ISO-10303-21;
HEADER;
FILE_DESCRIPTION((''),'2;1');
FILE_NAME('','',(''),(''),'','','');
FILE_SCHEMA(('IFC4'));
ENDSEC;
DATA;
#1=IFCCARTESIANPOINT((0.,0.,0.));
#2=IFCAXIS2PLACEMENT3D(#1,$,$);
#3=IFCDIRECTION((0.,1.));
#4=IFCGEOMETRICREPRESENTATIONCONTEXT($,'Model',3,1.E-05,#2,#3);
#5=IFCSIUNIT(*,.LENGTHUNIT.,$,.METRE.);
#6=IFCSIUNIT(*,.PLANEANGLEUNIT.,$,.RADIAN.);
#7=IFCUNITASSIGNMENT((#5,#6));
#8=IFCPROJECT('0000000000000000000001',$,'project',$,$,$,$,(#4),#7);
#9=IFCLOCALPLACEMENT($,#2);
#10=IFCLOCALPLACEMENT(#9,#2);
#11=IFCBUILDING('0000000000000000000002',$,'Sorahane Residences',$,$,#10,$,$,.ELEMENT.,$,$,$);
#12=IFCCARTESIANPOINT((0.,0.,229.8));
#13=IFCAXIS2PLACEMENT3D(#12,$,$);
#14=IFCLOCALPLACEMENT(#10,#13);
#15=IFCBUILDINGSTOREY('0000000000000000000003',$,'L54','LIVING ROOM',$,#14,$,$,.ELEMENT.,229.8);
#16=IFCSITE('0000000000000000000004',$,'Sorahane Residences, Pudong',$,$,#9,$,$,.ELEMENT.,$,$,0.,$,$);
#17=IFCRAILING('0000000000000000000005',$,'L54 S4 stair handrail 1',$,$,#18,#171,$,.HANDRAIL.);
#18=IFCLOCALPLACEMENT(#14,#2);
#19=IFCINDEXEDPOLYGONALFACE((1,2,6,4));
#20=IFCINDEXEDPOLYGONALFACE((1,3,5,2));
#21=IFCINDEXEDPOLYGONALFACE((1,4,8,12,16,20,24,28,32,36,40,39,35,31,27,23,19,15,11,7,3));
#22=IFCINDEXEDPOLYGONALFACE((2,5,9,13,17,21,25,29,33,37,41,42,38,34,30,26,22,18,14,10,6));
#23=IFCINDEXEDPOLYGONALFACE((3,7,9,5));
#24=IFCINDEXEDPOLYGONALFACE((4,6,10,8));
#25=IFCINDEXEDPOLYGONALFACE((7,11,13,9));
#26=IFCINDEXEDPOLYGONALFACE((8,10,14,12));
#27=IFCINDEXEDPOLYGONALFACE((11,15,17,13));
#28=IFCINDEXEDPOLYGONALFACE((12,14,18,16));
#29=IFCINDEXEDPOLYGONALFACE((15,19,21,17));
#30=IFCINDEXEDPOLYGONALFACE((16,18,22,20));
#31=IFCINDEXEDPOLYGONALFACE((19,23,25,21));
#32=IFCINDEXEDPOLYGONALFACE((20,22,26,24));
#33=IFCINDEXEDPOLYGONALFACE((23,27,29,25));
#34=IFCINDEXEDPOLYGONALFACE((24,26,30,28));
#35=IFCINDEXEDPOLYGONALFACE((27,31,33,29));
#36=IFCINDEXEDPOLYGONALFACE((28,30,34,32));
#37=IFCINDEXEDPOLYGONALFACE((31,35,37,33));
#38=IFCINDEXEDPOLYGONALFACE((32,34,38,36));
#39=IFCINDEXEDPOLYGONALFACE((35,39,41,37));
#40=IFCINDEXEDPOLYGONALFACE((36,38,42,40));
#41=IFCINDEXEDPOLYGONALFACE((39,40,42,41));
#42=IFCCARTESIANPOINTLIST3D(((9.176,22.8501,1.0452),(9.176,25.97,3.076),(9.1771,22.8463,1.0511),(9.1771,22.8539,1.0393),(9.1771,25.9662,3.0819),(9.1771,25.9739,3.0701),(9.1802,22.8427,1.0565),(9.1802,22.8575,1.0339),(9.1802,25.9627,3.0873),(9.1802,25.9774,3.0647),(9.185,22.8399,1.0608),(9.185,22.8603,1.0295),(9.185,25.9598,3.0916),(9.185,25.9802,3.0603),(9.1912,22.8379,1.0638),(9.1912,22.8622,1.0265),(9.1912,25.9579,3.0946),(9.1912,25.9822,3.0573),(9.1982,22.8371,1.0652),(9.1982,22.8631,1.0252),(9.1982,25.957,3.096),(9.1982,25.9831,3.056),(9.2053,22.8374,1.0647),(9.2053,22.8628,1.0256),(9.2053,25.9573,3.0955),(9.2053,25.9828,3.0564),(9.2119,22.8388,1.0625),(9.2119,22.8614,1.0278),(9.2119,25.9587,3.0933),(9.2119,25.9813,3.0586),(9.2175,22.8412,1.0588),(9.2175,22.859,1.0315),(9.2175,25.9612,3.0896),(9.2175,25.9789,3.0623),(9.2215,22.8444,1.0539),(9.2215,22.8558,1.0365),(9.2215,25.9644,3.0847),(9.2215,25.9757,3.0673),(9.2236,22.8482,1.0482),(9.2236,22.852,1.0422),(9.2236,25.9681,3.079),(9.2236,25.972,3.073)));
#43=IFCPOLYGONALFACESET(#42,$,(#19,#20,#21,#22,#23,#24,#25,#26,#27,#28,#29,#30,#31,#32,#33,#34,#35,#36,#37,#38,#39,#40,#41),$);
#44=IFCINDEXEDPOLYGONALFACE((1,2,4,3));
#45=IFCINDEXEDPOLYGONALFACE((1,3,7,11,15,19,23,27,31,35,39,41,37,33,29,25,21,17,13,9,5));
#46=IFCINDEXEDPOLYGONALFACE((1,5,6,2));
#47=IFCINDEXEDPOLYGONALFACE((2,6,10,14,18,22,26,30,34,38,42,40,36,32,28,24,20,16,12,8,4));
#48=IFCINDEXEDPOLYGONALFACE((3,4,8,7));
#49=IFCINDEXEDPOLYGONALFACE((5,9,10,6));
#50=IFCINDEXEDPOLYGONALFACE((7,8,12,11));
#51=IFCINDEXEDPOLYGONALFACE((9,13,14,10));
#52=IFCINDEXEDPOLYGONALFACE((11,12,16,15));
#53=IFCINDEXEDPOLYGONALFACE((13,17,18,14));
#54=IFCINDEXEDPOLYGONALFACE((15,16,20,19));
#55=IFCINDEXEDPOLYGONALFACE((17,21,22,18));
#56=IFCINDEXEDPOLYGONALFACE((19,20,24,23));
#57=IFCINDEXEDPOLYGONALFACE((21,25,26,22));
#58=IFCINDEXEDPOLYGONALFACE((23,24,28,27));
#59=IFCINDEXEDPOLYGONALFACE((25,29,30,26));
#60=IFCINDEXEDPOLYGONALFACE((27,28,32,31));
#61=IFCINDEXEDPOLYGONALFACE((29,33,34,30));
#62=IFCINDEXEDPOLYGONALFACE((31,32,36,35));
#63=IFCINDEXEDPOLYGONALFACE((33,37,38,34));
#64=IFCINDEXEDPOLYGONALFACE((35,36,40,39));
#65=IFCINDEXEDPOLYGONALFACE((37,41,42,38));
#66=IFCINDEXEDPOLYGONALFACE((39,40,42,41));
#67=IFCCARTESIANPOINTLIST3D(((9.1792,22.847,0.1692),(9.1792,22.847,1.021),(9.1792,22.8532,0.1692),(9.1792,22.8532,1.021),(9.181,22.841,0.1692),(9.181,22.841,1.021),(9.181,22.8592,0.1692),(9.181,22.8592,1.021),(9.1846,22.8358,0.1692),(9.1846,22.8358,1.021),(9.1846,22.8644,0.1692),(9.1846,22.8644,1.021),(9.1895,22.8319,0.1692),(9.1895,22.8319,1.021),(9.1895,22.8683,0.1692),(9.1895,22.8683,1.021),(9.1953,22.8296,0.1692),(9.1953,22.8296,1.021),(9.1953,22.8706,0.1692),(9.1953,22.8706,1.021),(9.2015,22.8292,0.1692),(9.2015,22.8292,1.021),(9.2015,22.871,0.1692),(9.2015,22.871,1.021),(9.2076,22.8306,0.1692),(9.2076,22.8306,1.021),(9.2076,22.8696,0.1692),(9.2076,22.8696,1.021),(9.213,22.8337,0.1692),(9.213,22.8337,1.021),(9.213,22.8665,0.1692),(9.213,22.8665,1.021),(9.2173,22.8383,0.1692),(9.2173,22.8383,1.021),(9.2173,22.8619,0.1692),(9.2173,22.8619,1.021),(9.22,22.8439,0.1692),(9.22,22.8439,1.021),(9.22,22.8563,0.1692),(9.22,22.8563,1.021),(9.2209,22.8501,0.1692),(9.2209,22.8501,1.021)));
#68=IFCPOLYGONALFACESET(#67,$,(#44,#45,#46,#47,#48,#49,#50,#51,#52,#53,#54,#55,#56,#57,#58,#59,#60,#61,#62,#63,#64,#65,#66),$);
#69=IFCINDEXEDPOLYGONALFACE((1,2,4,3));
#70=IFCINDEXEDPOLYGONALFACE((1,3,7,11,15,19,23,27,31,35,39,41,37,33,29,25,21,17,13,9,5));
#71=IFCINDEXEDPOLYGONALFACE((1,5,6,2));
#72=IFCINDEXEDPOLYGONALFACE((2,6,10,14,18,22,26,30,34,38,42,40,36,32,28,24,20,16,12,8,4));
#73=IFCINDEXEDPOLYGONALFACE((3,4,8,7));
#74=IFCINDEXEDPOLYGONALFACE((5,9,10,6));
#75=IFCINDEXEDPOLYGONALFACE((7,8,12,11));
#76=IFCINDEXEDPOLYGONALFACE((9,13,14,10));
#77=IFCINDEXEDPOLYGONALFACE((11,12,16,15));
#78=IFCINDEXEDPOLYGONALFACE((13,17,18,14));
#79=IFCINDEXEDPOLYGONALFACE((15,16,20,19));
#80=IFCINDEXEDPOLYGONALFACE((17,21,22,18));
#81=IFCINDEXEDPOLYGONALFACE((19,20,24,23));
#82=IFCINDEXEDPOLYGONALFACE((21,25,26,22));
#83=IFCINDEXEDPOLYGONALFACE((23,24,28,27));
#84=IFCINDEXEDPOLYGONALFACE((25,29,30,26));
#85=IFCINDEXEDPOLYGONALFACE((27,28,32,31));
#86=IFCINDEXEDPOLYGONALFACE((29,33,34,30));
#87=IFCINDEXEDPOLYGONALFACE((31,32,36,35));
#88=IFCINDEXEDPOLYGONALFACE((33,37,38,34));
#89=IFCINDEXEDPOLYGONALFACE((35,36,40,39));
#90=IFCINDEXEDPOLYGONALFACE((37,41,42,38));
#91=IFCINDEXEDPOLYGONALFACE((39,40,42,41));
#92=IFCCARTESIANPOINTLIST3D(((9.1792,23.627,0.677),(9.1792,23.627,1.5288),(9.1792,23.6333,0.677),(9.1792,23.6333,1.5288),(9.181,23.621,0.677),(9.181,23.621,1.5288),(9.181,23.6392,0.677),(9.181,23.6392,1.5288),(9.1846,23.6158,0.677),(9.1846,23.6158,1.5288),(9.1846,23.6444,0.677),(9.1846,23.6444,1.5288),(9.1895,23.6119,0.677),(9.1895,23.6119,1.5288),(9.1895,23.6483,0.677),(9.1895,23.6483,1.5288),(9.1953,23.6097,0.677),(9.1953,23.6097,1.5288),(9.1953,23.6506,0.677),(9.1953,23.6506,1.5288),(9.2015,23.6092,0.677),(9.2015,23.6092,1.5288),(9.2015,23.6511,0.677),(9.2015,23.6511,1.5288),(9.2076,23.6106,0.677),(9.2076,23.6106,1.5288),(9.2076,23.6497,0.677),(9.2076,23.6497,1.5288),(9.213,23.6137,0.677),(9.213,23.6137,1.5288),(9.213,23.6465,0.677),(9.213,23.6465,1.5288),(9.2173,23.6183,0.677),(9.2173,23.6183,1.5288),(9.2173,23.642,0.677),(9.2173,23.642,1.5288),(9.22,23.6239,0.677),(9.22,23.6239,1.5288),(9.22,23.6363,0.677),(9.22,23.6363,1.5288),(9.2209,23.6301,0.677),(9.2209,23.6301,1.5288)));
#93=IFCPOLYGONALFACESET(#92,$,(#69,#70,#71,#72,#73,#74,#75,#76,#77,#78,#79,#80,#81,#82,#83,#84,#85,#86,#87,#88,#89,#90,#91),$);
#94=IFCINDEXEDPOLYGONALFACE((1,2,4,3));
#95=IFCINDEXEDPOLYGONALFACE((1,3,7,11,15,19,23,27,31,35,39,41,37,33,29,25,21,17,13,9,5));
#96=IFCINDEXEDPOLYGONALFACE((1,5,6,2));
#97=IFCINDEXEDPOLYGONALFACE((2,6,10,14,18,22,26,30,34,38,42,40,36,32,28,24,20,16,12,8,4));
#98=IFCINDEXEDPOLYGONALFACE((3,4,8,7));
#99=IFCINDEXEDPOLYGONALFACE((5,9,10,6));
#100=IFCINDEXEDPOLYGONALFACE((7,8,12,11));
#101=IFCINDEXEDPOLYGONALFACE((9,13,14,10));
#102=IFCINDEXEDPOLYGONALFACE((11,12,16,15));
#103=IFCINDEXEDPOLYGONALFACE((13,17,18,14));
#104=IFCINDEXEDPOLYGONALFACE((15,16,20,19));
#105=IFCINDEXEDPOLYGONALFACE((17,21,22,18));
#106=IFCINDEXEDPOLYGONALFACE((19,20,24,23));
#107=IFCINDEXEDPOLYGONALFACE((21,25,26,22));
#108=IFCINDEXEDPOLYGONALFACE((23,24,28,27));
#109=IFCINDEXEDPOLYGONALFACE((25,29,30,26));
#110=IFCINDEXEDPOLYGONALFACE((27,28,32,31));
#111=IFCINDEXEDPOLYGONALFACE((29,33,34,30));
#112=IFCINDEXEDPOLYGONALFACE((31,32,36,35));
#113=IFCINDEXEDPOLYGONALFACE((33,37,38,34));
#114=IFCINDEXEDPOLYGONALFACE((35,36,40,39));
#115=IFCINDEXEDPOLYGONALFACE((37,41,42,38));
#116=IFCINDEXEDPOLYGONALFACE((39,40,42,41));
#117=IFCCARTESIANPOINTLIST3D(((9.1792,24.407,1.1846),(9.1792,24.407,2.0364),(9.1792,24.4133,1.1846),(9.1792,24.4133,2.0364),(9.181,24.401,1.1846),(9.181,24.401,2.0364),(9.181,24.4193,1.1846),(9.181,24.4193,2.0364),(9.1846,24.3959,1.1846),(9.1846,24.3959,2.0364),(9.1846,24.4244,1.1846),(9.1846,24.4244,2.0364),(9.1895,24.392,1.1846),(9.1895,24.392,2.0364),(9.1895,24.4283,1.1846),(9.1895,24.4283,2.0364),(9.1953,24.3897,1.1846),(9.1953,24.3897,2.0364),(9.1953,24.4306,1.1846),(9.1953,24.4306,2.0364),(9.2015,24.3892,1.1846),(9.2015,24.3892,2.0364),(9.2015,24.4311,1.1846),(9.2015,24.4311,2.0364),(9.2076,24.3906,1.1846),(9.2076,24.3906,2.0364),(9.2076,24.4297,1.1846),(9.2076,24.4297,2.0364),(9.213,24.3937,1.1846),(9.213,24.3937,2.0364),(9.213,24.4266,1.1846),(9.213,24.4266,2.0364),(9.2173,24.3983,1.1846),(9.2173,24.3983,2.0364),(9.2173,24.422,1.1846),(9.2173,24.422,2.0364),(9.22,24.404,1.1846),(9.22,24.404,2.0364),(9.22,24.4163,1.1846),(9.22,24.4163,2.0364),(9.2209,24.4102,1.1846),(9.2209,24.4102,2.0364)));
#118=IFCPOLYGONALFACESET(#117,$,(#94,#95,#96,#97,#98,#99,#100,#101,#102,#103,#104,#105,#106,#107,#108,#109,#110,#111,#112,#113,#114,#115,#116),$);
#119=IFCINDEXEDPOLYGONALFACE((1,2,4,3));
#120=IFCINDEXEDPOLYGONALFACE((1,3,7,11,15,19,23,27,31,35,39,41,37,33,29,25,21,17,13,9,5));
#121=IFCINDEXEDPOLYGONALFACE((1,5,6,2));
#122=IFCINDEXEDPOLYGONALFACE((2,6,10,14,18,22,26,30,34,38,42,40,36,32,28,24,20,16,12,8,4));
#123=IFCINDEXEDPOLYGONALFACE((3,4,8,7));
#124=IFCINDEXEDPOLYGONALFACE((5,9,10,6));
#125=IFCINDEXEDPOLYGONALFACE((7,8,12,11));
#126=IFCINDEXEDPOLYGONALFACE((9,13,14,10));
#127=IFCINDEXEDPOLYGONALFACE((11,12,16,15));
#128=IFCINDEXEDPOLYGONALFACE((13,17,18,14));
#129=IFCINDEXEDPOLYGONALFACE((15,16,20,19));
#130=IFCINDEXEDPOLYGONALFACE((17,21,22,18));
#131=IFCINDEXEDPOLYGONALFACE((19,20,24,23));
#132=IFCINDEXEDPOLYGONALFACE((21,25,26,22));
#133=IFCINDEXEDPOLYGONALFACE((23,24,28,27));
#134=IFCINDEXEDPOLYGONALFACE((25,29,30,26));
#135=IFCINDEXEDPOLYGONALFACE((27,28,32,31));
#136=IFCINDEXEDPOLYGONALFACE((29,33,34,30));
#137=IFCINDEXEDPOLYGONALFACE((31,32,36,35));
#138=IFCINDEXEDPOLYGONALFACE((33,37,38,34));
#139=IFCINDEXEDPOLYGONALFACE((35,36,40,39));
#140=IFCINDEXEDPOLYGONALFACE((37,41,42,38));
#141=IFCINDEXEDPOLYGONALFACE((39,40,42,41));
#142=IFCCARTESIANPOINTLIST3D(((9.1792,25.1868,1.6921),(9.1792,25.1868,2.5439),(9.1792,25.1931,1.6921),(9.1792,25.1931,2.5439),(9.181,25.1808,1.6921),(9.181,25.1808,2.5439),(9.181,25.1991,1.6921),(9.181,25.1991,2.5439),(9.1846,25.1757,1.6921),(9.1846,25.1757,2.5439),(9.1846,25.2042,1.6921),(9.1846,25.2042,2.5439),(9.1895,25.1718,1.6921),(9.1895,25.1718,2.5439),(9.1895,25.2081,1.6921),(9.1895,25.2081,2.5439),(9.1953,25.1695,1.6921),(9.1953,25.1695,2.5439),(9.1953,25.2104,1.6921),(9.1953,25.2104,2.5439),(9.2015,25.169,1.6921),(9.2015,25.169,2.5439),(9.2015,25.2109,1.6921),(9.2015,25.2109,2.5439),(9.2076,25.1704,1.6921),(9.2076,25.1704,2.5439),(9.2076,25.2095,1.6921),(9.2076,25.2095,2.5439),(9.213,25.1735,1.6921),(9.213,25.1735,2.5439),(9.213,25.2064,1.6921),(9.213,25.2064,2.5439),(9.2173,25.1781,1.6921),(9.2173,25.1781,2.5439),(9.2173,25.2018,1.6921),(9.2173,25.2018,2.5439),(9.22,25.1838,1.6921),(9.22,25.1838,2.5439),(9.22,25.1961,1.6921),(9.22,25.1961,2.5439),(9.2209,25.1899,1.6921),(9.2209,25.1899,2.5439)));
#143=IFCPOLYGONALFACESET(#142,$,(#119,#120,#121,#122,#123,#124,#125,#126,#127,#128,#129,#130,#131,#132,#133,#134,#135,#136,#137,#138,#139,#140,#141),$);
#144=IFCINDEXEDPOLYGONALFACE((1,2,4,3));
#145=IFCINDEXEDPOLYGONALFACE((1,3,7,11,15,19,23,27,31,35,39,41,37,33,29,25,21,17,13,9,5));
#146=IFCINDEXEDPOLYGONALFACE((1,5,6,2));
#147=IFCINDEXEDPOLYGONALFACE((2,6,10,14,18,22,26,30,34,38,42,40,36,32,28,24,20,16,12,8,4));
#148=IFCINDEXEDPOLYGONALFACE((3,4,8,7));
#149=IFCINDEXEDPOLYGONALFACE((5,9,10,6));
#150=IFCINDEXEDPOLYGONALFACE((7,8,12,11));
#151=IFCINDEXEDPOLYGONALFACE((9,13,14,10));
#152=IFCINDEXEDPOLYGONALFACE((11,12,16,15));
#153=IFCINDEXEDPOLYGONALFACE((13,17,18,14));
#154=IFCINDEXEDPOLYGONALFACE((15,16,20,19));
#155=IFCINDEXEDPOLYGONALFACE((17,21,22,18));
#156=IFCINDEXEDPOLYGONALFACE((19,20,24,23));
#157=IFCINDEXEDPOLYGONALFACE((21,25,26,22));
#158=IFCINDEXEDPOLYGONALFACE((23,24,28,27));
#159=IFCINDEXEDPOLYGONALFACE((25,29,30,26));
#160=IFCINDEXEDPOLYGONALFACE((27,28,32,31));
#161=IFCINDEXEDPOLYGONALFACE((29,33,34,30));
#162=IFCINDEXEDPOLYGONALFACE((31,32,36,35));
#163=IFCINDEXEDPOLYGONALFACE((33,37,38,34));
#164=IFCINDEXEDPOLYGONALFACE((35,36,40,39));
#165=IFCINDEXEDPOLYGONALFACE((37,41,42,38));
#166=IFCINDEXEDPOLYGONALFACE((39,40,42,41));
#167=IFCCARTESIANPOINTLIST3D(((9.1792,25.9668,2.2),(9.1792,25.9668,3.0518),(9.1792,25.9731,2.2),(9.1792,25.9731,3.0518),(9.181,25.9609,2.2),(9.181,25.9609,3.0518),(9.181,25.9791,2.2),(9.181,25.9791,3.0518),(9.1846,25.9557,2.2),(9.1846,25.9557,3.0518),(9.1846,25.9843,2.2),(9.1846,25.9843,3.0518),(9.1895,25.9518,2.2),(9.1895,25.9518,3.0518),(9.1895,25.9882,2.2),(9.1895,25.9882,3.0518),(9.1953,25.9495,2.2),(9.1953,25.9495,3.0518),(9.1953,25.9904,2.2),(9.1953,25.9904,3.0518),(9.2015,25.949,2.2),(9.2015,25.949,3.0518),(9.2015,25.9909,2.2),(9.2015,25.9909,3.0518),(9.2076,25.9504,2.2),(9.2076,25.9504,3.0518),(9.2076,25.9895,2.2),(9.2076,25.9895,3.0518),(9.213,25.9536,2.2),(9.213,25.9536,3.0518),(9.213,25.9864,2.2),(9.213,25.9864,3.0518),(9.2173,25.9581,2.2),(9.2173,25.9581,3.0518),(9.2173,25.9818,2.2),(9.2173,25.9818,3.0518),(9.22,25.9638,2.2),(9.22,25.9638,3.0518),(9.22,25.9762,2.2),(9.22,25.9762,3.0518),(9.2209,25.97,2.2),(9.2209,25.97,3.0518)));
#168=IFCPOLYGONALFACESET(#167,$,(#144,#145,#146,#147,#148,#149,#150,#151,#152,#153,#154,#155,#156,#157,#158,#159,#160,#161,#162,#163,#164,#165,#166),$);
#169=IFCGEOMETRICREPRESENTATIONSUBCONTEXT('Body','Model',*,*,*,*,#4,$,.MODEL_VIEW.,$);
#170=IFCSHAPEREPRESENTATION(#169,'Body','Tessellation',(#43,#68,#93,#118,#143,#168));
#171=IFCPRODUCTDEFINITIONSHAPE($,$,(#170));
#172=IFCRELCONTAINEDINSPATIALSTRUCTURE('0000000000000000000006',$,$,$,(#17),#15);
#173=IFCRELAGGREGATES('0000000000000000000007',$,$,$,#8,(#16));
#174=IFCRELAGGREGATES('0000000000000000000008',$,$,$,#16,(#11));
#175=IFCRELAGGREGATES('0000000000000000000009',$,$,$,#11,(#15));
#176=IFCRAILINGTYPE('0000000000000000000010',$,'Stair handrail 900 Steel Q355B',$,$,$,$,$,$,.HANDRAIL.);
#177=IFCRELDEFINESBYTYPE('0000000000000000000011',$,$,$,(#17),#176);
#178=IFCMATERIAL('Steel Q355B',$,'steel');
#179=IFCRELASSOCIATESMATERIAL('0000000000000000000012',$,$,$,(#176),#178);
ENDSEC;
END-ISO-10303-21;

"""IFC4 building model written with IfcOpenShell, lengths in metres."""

from ifc_helpers import new_model, si_unit, direction, frame, origin, origin_2d, place, context, subcontext, project, spatial, circle, extrude, material, type_object, element, save


model = new_model("IFC4")

# Units and contexts
model_context = context("Model", 3, precision=1e-05, world=origin(), true_north=direction((0.0, 1.0)))
body_context = subcontext(model_context, "Body", "Model", "MODEL_VIEW")
ifc_project = project(units=[si_unit("LENGTHUNIT", "METRE"), si_unit("PLANEANGLEUNIT", "RADIAN")], contexts=[model_context])

# Site, building, storey
site_placement = place(None, origin())
site = spatial("IfcSite", under=ifc_project, at=site_placement, Name="Sorahane Residences, Pudong", CompositionType="ELEMENT", RefElevation=0.0)
building_placement = place(site_placement, origin())
building = spatial("IfcBuilding", under=site, at=building_placement, Name="Sorahane Residences", CompositionType="ELEMENT")
storey_placement = place(building_placement, frame((0.0, 0.0, 229.8)))
storey = spatial("IfcBuildingStorey", under=building, at=storey_placement, Name="L54", Description="LIVING ROOM", CompositionType="ELEMENT", Elevation=229.8)

# Railing
ifc_material_1 = material(Name="Steel Q355B", Category="steel")
railing_type_1 = type_object("IfcRailingType", Name="Stair handrail 900 Steel Q355B", PredefinedType="HANDRAIL", material=ifc_material_1)
railing_1_placement = place(storey_placement, frame((9.2, 22.8501, 0.1692)))
element("IfcRailing", 1, at=railing_1_placement, inside=storey, type_object=railing_type_1, Name="L54 S4 stair handrail 1", PredefinedType="HANDRAIL", context=body_context, shape_type="SweptSolid", body=[
    extrude(circle(Radius=0.0239, at=origin_2d()), frame((0.0, 0.0, 0.876), z_axis=(0.0, 0.838094, 0.545525), x_axis=(-1.0, 0.0, 0.0)), (0.0, 0.0, 1.0), 3.7227),
    extrude(circle(Radius=0.021, at=origin_2d()), origin(), (0.0, 0.0, 1.0), 0.8518),
    extrude(circle(Radius=0.021, at=origin_2d()), frame((0.0, 0.78, 0.5078)), (0.0, 0.0, 1.0), 0.8518),
    extrude(circle(Radius=0.021, at=origin_2d()), frame((0.0, 1.5601, 1.0154)), (0.0, 0.0, 1.0), 0.8518),
    extrude(circle(Radius=0.021, at=origin_2d()), frame((0.0, 2.3398, 1.5229)), (0.0, 0.0, 1.0), 0.8518),
    extrude(circle(Radius=0.021, at=origin_2d()), frame((0.0, 3.1199, 2.0308)), (0.0, 0.0, 1.0), 0.8518),
])

save(model, "model.ifc")
